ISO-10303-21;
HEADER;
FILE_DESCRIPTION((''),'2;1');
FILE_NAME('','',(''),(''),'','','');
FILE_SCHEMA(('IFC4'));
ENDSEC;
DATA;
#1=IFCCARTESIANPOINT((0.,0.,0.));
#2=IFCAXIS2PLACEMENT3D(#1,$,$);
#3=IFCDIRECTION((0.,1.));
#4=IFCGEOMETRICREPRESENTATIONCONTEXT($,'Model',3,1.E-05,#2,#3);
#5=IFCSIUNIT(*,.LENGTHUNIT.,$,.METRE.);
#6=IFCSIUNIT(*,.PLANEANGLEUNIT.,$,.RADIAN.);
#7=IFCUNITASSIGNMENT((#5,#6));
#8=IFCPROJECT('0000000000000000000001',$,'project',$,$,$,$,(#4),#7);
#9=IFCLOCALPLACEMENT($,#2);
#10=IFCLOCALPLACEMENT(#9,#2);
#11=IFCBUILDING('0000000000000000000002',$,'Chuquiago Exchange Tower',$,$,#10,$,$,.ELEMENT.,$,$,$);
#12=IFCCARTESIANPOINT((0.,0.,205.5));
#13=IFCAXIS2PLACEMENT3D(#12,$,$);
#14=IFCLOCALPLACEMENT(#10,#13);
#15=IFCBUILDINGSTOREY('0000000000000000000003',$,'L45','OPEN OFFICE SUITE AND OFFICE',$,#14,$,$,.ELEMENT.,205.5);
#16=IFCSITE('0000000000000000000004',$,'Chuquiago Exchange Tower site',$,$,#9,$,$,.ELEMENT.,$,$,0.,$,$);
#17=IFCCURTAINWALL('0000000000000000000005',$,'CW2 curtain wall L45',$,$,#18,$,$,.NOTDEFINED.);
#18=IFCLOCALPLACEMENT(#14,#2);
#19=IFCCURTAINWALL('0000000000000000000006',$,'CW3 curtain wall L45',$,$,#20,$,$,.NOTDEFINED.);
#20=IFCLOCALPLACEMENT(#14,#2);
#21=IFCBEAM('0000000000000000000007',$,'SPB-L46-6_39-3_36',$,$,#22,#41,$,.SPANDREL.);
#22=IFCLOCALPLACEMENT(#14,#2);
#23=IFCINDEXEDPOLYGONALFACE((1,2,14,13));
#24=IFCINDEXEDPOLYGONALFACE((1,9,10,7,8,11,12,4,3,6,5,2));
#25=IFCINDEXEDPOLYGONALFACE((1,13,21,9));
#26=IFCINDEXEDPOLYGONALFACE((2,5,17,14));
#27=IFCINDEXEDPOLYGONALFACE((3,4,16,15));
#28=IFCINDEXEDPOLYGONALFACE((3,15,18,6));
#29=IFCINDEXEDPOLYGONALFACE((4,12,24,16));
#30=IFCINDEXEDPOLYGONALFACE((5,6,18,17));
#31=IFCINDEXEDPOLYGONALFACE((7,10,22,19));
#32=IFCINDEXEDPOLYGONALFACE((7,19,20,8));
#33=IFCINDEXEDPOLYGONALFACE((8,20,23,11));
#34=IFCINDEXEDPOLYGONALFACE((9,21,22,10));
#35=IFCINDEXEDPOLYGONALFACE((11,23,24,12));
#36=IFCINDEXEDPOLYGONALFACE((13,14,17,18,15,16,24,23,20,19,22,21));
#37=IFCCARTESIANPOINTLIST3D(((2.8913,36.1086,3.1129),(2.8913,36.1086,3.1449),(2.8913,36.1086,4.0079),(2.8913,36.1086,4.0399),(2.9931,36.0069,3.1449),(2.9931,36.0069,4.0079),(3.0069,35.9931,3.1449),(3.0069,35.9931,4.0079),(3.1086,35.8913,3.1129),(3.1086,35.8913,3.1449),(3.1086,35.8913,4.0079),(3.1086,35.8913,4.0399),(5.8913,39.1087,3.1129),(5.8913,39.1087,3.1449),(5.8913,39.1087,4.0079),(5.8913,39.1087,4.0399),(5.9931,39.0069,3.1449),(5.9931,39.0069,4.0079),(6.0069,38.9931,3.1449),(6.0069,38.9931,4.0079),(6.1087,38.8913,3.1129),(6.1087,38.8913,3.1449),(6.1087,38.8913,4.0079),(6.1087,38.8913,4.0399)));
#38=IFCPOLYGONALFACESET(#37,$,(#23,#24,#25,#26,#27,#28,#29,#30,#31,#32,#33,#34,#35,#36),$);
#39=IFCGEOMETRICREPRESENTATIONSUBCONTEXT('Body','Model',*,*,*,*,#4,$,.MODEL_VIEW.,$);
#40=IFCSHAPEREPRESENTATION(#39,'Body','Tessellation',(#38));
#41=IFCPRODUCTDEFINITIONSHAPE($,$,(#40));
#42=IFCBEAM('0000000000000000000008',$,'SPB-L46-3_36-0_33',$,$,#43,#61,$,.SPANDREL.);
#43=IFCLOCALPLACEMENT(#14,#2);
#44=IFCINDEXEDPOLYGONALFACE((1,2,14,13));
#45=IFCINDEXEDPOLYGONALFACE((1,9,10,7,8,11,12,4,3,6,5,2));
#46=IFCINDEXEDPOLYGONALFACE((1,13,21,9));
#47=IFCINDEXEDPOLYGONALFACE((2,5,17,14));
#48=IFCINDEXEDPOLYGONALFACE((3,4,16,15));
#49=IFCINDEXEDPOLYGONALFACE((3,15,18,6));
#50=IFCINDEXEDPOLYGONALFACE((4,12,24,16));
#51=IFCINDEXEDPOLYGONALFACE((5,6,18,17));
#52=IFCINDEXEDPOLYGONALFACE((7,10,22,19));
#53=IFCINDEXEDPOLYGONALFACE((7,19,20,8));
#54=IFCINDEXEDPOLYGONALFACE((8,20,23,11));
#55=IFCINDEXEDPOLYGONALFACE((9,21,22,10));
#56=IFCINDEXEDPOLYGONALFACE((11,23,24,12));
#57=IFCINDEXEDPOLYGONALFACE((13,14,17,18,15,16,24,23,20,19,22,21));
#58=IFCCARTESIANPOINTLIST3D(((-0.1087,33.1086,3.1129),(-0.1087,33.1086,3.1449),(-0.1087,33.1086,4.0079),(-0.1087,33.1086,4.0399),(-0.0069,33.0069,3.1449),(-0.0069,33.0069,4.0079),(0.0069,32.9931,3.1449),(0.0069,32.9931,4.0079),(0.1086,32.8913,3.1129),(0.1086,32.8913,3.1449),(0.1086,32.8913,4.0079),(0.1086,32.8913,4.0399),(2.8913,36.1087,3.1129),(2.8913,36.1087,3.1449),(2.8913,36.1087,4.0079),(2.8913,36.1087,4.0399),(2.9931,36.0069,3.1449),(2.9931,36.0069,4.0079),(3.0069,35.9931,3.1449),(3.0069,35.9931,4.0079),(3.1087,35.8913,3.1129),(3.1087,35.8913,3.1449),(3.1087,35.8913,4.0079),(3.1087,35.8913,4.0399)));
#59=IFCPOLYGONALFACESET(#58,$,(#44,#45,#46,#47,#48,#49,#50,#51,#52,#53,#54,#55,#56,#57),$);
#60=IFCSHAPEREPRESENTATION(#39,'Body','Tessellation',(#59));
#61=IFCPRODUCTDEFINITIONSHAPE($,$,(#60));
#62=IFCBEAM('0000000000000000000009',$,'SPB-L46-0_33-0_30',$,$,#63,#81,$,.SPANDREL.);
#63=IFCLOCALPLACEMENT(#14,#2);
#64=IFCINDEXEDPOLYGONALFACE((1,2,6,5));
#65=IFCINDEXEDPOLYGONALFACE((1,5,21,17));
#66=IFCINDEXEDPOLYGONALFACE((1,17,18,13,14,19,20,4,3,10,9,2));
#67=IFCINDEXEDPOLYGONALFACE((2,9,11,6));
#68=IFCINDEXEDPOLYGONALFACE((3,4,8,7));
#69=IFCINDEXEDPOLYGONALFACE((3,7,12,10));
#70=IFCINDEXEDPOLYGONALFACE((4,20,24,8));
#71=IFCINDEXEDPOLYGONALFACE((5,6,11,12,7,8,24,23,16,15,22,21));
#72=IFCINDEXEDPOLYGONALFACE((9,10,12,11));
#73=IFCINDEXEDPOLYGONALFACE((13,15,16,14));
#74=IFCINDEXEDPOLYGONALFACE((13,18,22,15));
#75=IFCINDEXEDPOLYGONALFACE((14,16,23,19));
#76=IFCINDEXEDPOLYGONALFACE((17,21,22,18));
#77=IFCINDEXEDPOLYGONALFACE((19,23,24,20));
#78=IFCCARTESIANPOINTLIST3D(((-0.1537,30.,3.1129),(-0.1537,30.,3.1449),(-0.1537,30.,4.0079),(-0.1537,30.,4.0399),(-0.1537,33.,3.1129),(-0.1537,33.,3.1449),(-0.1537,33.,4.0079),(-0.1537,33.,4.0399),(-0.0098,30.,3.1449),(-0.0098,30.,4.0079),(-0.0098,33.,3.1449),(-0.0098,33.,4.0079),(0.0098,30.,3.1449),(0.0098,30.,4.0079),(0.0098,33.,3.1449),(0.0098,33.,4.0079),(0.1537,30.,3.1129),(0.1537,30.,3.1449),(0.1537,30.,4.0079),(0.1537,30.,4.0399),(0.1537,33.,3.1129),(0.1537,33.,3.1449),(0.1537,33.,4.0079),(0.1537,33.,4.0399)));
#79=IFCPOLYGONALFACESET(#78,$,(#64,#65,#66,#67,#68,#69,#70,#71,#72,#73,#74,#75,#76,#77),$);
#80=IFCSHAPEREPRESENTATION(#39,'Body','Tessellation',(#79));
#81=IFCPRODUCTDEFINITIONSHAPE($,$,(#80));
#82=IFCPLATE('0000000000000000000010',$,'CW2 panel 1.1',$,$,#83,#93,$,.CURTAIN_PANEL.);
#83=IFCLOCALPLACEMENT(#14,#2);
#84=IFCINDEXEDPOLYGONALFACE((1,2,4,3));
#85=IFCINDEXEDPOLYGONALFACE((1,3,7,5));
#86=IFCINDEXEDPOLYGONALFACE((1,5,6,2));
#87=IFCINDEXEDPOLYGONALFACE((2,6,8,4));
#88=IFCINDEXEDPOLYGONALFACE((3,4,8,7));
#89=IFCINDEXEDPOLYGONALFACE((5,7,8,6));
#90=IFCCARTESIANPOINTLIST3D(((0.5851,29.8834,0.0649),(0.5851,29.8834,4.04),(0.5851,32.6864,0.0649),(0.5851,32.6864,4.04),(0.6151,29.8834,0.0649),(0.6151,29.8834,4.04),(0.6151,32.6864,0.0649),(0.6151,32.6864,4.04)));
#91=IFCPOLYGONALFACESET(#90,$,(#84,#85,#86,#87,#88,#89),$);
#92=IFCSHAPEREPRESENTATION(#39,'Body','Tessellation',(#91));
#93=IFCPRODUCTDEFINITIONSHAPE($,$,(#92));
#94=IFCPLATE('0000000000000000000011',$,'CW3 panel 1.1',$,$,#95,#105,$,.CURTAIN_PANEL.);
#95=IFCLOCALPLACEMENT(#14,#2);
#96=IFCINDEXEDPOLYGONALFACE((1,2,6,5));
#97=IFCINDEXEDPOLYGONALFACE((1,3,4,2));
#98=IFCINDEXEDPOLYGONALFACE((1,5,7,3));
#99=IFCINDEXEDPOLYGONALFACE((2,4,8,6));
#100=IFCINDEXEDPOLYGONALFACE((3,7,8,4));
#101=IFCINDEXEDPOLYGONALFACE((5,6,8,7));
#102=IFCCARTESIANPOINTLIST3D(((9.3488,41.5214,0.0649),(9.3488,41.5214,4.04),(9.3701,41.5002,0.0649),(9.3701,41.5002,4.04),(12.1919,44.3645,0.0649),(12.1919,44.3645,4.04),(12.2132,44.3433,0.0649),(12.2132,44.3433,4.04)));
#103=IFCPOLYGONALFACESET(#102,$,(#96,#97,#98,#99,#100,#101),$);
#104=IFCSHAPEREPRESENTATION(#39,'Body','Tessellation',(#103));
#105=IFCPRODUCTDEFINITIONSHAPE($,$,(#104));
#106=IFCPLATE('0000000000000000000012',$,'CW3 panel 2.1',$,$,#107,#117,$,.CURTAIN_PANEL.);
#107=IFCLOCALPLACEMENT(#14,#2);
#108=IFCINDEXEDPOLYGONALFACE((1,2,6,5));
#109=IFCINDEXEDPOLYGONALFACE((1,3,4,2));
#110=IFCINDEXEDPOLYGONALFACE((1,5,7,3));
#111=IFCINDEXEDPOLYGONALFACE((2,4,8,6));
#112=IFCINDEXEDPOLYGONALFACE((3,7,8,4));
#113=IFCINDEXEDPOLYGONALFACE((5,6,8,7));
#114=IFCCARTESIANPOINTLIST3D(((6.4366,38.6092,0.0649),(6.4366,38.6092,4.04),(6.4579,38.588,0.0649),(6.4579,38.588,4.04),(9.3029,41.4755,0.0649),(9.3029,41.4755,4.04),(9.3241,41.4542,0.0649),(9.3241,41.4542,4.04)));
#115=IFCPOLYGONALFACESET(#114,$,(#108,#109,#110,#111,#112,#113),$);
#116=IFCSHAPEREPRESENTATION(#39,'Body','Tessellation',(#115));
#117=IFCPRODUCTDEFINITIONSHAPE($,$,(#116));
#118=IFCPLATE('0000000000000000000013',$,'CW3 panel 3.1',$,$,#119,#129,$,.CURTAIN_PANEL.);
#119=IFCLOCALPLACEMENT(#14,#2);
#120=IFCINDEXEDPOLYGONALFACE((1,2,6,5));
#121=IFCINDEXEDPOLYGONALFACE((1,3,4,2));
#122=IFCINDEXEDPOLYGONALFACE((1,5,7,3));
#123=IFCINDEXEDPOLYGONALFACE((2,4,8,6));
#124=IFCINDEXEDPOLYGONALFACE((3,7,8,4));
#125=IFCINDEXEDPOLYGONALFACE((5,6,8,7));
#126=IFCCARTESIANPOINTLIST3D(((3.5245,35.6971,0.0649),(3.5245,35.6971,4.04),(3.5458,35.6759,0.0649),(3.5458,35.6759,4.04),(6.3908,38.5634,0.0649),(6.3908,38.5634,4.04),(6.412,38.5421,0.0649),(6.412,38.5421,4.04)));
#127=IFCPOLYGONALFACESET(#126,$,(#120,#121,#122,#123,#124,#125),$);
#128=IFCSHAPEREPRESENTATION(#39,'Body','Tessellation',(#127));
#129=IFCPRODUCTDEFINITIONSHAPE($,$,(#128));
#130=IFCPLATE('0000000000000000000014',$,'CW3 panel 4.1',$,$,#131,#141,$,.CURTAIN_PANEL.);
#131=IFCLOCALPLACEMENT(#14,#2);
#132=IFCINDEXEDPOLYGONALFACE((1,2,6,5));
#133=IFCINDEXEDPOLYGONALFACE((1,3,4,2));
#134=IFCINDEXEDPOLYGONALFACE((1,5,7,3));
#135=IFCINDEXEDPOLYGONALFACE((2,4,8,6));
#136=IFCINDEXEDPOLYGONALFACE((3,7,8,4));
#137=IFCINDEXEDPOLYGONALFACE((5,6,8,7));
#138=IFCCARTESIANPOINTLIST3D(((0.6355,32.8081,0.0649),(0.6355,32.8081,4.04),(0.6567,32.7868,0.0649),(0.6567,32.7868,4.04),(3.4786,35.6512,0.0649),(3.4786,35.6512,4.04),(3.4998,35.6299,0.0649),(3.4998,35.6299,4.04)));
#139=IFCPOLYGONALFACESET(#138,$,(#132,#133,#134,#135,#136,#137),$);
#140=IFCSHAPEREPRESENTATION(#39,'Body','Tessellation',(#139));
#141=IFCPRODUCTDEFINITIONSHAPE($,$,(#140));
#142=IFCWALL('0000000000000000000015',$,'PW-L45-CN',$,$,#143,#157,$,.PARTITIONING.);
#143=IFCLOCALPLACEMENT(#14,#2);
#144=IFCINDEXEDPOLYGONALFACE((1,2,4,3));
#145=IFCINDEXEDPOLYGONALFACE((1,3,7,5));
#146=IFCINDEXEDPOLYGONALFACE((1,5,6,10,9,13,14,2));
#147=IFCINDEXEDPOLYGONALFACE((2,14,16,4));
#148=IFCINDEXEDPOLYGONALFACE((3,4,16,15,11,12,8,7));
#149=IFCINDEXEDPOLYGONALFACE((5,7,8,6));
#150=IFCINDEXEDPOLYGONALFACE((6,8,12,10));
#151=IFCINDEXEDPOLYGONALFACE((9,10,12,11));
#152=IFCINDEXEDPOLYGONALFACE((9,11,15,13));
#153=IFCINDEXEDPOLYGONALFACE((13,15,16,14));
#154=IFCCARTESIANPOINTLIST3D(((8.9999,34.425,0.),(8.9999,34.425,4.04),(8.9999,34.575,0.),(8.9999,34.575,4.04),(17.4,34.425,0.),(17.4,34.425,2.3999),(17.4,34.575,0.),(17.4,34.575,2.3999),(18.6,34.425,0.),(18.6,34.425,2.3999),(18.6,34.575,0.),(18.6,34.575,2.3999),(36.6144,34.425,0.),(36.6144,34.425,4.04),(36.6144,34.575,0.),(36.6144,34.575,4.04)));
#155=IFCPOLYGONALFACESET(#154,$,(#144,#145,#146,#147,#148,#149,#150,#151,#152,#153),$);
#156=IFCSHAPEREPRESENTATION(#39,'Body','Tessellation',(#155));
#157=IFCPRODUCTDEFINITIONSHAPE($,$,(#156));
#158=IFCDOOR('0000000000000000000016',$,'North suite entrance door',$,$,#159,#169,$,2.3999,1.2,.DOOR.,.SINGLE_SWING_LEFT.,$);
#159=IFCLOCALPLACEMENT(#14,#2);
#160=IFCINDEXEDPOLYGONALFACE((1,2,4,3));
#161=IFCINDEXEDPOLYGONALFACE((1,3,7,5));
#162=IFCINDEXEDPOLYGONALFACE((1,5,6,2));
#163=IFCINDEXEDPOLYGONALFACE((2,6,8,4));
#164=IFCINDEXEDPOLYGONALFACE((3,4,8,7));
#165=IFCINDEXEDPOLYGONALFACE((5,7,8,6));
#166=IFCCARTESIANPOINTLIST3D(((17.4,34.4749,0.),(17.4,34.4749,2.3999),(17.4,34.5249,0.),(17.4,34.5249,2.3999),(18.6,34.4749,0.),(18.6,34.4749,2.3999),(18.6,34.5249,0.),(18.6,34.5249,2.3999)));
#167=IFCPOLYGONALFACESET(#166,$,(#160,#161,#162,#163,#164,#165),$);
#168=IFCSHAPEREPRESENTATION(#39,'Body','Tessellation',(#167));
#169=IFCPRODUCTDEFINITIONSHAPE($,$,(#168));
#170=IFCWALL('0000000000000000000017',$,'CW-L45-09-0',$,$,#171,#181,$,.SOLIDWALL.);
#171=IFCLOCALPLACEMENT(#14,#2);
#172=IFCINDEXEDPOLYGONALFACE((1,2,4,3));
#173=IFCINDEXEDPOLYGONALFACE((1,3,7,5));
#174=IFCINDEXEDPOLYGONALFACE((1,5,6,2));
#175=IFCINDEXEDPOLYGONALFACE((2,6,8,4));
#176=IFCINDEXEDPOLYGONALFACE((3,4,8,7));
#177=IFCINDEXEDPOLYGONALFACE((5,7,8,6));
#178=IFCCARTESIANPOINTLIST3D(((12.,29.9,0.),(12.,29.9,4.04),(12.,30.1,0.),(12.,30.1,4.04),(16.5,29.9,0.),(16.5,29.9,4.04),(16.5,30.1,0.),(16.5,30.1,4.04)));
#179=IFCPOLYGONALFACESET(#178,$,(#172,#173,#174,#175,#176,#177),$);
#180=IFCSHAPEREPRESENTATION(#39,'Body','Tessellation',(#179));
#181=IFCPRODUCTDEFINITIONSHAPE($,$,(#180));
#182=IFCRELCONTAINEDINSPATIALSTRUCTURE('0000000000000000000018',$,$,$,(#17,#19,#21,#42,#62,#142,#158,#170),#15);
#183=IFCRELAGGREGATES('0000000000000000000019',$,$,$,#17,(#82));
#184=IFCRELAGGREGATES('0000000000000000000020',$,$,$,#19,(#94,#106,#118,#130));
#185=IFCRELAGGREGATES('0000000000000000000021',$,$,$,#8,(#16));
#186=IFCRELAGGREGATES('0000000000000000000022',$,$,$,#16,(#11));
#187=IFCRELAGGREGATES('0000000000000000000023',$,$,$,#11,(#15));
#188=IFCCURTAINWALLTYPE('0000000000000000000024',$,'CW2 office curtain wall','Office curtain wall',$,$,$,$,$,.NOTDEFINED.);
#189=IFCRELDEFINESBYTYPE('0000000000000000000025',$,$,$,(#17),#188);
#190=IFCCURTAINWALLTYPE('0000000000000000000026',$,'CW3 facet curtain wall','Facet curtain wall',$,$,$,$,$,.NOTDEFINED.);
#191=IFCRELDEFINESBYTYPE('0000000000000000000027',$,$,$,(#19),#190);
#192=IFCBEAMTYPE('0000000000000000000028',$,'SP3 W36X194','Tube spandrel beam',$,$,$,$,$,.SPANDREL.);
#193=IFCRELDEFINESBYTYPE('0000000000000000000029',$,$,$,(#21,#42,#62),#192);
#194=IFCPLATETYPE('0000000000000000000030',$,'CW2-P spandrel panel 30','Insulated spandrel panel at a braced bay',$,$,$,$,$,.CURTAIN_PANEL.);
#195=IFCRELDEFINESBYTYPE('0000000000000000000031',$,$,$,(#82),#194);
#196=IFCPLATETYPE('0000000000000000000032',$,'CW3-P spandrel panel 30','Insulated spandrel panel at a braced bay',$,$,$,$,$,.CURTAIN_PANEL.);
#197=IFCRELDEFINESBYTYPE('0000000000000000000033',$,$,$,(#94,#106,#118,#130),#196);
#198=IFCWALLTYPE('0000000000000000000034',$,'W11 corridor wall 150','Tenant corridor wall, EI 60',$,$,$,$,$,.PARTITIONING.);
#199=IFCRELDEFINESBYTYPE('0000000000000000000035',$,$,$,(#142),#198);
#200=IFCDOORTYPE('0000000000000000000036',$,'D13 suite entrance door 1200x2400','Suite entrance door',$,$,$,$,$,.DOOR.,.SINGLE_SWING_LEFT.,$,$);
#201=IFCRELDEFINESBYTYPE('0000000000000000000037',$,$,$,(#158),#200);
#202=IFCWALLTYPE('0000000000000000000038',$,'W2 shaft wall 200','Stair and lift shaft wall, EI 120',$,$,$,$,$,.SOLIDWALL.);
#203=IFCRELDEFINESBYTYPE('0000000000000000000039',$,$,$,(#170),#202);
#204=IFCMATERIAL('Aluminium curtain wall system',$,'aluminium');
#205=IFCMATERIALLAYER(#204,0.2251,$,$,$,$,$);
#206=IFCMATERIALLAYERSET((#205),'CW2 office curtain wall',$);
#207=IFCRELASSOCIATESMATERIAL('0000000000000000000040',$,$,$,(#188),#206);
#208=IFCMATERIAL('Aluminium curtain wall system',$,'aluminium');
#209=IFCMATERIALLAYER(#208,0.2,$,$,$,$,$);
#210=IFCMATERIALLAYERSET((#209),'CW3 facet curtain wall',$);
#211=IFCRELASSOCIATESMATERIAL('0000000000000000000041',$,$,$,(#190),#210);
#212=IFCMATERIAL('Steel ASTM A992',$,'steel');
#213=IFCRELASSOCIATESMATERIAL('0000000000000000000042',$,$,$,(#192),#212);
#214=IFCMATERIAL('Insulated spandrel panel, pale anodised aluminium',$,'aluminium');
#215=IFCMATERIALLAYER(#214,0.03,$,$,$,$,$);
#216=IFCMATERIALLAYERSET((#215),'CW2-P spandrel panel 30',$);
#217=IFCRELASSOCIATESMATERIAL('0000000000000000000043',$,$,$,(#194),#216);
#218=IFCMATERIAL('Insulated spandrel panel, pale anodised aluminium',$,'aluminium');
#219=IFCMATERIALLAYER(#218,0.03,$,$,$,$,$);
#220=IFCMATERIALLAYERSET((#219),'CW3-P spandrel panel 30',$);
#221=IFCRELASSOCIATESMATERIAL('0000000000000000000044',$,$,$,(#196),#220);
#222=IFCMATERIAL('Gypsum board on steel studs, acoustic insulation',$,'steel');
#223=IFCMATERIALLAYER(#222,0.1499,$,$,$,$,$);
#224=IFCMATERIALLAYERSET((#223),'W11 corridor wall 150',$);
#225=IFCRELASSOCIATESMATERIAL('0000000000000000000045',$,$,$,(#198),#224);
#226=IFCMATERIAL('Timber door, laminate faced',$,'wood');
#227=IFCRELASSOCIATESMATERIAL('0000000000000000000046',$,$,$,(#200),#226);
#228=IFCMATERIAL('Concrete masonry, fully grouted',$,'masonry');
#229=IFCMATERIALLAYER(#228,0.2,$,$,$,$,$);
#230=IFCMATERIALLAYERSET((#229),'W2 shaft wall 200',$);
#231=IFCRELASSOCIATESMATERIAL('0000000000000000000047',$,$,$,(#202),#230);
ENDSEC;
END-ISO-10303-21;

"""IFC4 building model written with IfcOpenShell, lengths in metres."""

from ifc_helpers import new_model, si_unit, direction, frame, frame_2d, origin, origin_2d, place, context, subcontext, project, spatial, rectangle, i_section, extrude, material, layer, layer_set, material_profile, profile_set, type_object, element, fill, aggregate, save


model = new_model("IFC4")

# Units and contexts
model_context = context("Model", 3, precision=1e-05, world=origin(), true_north=direction((0.0, 1.0)))
body_context = subcontext(model_context, "Body", "Model", "MODEL_VIEW")
ifc_project = project(units=[si_unit("LENGTHUNIT", "METRE"), si_unit("PLANEANGLEUNIT", "RADIAN")], contexts=[model_context])

# Site, building, storey
site_placement = place(None, origin())
site = spatial("IfcSite", under=ifc_project, at=site_placement, Name="Chuquiago Exchange Tower site", CompositionType="ELEMENT", RefElevation=0.0)
building_placement = place(site_placement, origin())
building = spatial("IfcBuilding", under=site, at=building_placement, Name="Chuquiago Exchange Tower", CompositionType="ELEMENT")
storey_placement = place(building_placement, frame((0.0, 0.0, 205.5)))
storey = spatial("IfcBuildingStorey", under=building, at=storey_placement, Name="L45", Description="OPEN OFFICE SUITE AND OFFICE", CompositionType="ELEMENT", Elevation=205.5)

# Curtain walls
ifc_material_1 = material(Name="Aluminium curtain wall system", Category="aluminium")
ifc_layer_1 = layer(ifc_material_1, 0.2251)
ifc_layer_set_1 = layer_set([ifc_layer_1], Name="CW2 office curtain wall")
curtain_wall_type_1 = type_object("IfcCurtainWallType", Name="CW2 office curtain wall", Description="Office curtain wall", PredefinedType="NOTDEFINED", material=ifc_layer_set_1)
curtain_wall_1_placement = place(storey_placement, origin())
curtain_wall_1 = element("IfcCurtainWall", 1, at=curtain_wall_1_placement, inside=storey, type_object=curtain_wall_type_1, Name="CW2 curtain wall L45", PredefinedType="NOTDEFINED")
ifc_material_2 = material(Name="Aluminium curtain wall system", Category="aluminium")
ifc_layer_2 = layer(ifc_material_2, 0.2)
ifc_layer_set_2 = layer_set([ifc_layer_2], Name="CW3 facet curtain wall")
curtain_wall_type_2 = type_object("IfcCurtainWallType", Name="CW3 facet curtain wall", Description="Facet curtain wall", PredefinedType="NOTDEFINED", material=ifc_layer_set_2)
curtain_wall_2_placement = place(storey_placement, origin())
curtain_wall_2 = element("IfcCurtainWall", 2, at=curtain_wall_2_placement, inside=storey, type_object=curtain_wall_type_2, Name="CW3 curtain wall L45", PredefinedType="NOTDEFINED")

# Beams
ifc_material_3 = material(Name="Steel ASTM A992", Category="steel")
ifc_material_profile_1 = material_profile(ifc_material_3, i_section(OverallWidth=0.3074, OverallDepth=0.927, WebThickness=0.0195, FlangeThickness=0.032, at=origin_2d()), Name="W36X194")
ifc_profile_set_1 = profile_set([ifc_material_profile_1], Name="Steel ASTM A992")
beam_type_1 = type_object("IfcBeamType", Name="SP3 W36X194", Description="Tube spandrel beam", PredefinedType="SPANDREL", material=ifc_profile_set_1)
for number, where, z_axis, x_axis, name in (
    (3, (6.0, 39.0, 3.5764), (-0.707107, -0.707107, 0.0), (0.707107, -0.707107, 0.0), "SPB-L46-6_39-3_36"),
    (4, (3.0, 36.0, 3.5764), (-0.707107, -0.707107, 0.0), (0.707107, -0.707107, 0.0), "SPB-L46-3_36-0_33"),
):
    element("IfcBeam", number, at=place(storey_placement, frame(where, z_axis=z_axis, x_axis=x_axis)), inside=storey, type_object=beam_type_1, Name=name, PredefinedType="SPANDREL", context=body_context, shape_type="SweptSolid", body=[
        extrude(i_section(OverallWidth=0.3074, OverallDepth=0.927, WebThickness=0.0195, FlangeThickness=0.032, at=origin_2d()), origin(), (0.0, 0.0, 1.0), 4.2427),
    ])
beam_1_placement = place(storey_placement, frame((0.0, 33.0, 3.5764), z_axis=(0.0, -1.0, 0.0), x_axis=(1.0, 0.0, 0.0)))
element("IfcBeam", 5, at=beam_1_placement, inside=storey, type_object=beam_type_1, Name="SPB-L46-0_33-0_30", PredefinedType="SPANDREL", context=body_context, shape_type="SweptSolid", body=[
    extrude(i_section(OverallWidth=0.3074, OverallDepth=0.927, WebThickness=0.0195, FlangeThickness=0.032, at=origin_2d()), origin(), (0.0, 0.0, 1.0), 3.0),
])

# Plates
ifc_material_4 = material(Name="Insulated spandrel panel, pale anodised aluminium", Category="aluminium")
ifc_layer_3 = layer(ifc_material_4, 0.03)
ifc_layer_set_3 = layer_set([ifc_layer_3], Name="CW2-P spandrel panel 30")
plate_type_1 = type_object("IfcPlateType", Name="CW2-P spandrel panel 30", Description="Insulated spandrel panel at a braced bay", PredefinedType="CURTAIN_PANEL", material=ifc_layer_set_3)
plate_1_placement = place(storey_placement, frame((0.6001, 31.2849, 0.0649), z_axis=(0.0, 0.0, 1.0), x_axis=(0.0, -1.0, 0.0)))
plate_1 = element("IfcPlate", 6, at=plate_1_placement, type_object=plate_type_1, Name="CW2 panel 1.1", PredefinedType="CURTAIN_PANEL", context=body_context, shape_type="SweptSolid", body=[
    extrude(rectangle(XDim=2.803, YDim=0.03, at=origin_2d()), origin(), (0.0, 0.0, 1.0), 3.9751),
])
aggregate(curtain_wall_1, [plate_1])
ifc_material_5 = material(Name="Insulated spandrel panel, pale anodised aluminium", Category="aluminium")
ifc_layer_4 = layer(ifc_material_5, 0.03)
ifc_layer_set_4 = layer_set([ifc_layer_4], Name="CW3-P spandrel panel 30")
plate_type_2 = type_object("IfcPlateType", Name="CW3-P spandrel panel 30", Description="Insulated spandrel panel at a braced bay", PredefinedType="CURTAIN_PANEL", material=ifc_layer_set_4)
plate_2_placement = place(storey_placement, frame((10.781, 42.9324, 0.0649), z_axis=(0.0, 0.0, 1.0), x_axis=(-0.707107, -0.707107, 0.0)))
plate_2 = element("IfcPlate", 7, at=plate_2_placement, type_object=plate_type_2, Name="CW3 panel 1.1", PredefinedType="CURTAIN_PANEL", context=body_context, shape_type="SweptSolid", body=[
    extrude(rectangle(XDim=4.0208, YDim=0.03, at=origin_2d()), origin(), (0.0, 0.0, 1.0), 3.9751),
])
plate_3_placement = place(storey_placement, frame((7.8804, 40.0317, 0.0649), z_axis=(0.0, 0.0, 1.0), x_axis=(-0.707107, -0.707107, 0.0)))
plate_3 = element("IfcPlate", 8, at=plate_3_placement, type_object=plate_type_2, Name="CW3 panel 2.1", PredefinedType="CURTAIN_PANEL", context=body_context, shape_type="SweptSolid", body=[
    extrude(rectangle(XDim=4.0535, YDim=0.03, at=origin_2d()), origin(), (0.0, 0.0, 1.0), 3.9751),
])
plate_4_placement = place(storey_placement, frame((4.9683, 37.1196, 0.0649), z_axis=(0.0, 0.0, 1.0), x_axis=(-0.707107, -0.707107, 0.0)))
plate_4 = element("IfcPlate", 9, at=plate_4_placement, type_object=plate_type_2, Name="CW3 panel 3.1", PredefinedType="CURTAIN_PANEL", context=body_context, shape_type="SweptSolid", body=[
    extrude(rectangle(XDim=4.0535, YDim=0.03, at=origin_2d()), origin(), (0.0, 0.0, 1.0), 3.9751),
])
plate_5_placement = place(storey_placement, frame((2.0676, 34.219, 0.0649), z_axis=(0.0, 0.0, 1.0), x_axis=(-0.707107, -0.707107, 0.0)))
plate_5 = element("IfcPlate", 10, at=plate_5_placement, type_object=plate_type_2, Name="CW3 panel 4.1", PredefinedType="CURTAIN_PANEL", context=body_context, shape_type="SweptSolid", body=[
    extrude(rectangle(XDim=4.0208, YDim=0.03, at=origin_2d()), origin(), (0.0, 0.0, 1.0), 3.9751),
])
aggregate(curtain_wall_2, [plate_2, plate_3, plate_4, plate_5])

# Wall, opening, door
ifc_material_6 = material(Name="Gypsum board on steel studs, acoustic insulation", Category="steel")
ifc_layer_5 = layer(ifc_material_6, 0.1499)
ifc_layer_set_5 = layer_set([ifc_layer_5], Name="W11 corridor wall 150")
wall_type_1 = type_object("IfcWallType", Name="W11 corridor wall 150", Description="Tenant corridor wall, EI 60", PredefinedType="PARTITIONING", material=ifc_layer_set_5)
wall_1_placement = place(storey_placement, frame((9.0, 34.5, 0.0), z_axis=(0.0, 0.0, 1.0), x_axis=(1.0, 0.0, 0.0)))
wall_1 = element("IfcWall", 11, at=wall_1_placement, inside=storey, type_object=wall_type_1, Name="PW-L45-CN", PredefinedType="PARTITIONING", context=body_context, shape_type="SweptSolid", body=[
    extrude(rectangle(XDim=27.6145, YDim=0.1499, at=frame_2d((13.8071, 0.0))), origin(), (0.0, 0.0, 1.0), 4.04),
])
opening_placement = place(wall_1_placement, frame((8.3999, 0.0, 0.0)))
opening = element("IfcOpeningElement", 12, at=opening_placement, cuts=wall_1, PredefinedType="OPENING", context=body_context, shape_type="SweptSolid", body=[
    extrude(rectangle(XDim=1.2, YDim=2.3999, at=frame_2d((0.6001, 1.2))), frame((0.0, 0.085, 0.0), z_axis=(0.0, -1.0, 0.0), x_axis=(1.0, 0.0, 0.0)), (0.0, 0.0, 1.0), 0.1699),
])
ifc_material_7 = material(Name="Timber door, laminate faced", Category="wood")
door_type = type_object("IfcDoorType", Name="D13 suite entrance door 1200x2400", Description="Suite entrance door", OperationType="SINGLE_SWING_LEFT", PredefinedType="DOOR", material=ifc_material_7)
door_placement = place(opening_placement, origin())
door = element("IfcDoor", 13, at=door_placement, inside=storey, type_object=door_type, Name="North suite entrance door", OperationType="SINGLE_SWING_LEFT", OverallHeight=2.3999, OverallWidth=1.2, PredefinedType="DOOR", context=body_context, shape_type="SweptSolid", body=[
    extrude(rectangle(XDim=1.2, YDim=2.3999, at=frame_2d((0.6001, 1.2))), frame((0.0, 0.0249, 0.0), z_axis=(0.0, -1.0, 0.0), x_axis=(1.0, 0.0, 0.0)), (0.0, 0.0, 1.0), 0.05),
])
fill(opening, door)

# Wall
ifc_material_8 = material(Name="Concrete masonry, fully grouted", Category="masonry")
ifc_layer_6 = layer(ifc_material_8, 0.2)
ifc_layer_set_6 = layer_set([ifc_layer_6], Name="W2 shaft wall 200")
wall_type_2 = type_object("IfcWallType", Name="W2 shaft wall 200", Description="Stair and lift shaft wall, EI 120", PredefinedType="SOLIDWALL", material=ifc_layer_set_6)
wall_2_placement = place(storey_placement, frame((12.0, 30.0, 0.0), z_axis=(0.0, 0.0, 1.0), x_axis=(1.0, 0.0, 0.0)))
element("IfcWall", 14, at=wall_2_placement, inside=storey, type_object=wall_type_2, Name="CW-L45-09-0", PredefinedType="SOLIDWALL", context=body_context, shape_type="SweptSolid", body=[
    extrude(rectangle(XDim=4.5, YDim=0.2, at=frame_2d((2.25, 0.0))), origin(), (0.0, 0.0, 1.0), 4.04),
])

save(model, "model.ifc")
